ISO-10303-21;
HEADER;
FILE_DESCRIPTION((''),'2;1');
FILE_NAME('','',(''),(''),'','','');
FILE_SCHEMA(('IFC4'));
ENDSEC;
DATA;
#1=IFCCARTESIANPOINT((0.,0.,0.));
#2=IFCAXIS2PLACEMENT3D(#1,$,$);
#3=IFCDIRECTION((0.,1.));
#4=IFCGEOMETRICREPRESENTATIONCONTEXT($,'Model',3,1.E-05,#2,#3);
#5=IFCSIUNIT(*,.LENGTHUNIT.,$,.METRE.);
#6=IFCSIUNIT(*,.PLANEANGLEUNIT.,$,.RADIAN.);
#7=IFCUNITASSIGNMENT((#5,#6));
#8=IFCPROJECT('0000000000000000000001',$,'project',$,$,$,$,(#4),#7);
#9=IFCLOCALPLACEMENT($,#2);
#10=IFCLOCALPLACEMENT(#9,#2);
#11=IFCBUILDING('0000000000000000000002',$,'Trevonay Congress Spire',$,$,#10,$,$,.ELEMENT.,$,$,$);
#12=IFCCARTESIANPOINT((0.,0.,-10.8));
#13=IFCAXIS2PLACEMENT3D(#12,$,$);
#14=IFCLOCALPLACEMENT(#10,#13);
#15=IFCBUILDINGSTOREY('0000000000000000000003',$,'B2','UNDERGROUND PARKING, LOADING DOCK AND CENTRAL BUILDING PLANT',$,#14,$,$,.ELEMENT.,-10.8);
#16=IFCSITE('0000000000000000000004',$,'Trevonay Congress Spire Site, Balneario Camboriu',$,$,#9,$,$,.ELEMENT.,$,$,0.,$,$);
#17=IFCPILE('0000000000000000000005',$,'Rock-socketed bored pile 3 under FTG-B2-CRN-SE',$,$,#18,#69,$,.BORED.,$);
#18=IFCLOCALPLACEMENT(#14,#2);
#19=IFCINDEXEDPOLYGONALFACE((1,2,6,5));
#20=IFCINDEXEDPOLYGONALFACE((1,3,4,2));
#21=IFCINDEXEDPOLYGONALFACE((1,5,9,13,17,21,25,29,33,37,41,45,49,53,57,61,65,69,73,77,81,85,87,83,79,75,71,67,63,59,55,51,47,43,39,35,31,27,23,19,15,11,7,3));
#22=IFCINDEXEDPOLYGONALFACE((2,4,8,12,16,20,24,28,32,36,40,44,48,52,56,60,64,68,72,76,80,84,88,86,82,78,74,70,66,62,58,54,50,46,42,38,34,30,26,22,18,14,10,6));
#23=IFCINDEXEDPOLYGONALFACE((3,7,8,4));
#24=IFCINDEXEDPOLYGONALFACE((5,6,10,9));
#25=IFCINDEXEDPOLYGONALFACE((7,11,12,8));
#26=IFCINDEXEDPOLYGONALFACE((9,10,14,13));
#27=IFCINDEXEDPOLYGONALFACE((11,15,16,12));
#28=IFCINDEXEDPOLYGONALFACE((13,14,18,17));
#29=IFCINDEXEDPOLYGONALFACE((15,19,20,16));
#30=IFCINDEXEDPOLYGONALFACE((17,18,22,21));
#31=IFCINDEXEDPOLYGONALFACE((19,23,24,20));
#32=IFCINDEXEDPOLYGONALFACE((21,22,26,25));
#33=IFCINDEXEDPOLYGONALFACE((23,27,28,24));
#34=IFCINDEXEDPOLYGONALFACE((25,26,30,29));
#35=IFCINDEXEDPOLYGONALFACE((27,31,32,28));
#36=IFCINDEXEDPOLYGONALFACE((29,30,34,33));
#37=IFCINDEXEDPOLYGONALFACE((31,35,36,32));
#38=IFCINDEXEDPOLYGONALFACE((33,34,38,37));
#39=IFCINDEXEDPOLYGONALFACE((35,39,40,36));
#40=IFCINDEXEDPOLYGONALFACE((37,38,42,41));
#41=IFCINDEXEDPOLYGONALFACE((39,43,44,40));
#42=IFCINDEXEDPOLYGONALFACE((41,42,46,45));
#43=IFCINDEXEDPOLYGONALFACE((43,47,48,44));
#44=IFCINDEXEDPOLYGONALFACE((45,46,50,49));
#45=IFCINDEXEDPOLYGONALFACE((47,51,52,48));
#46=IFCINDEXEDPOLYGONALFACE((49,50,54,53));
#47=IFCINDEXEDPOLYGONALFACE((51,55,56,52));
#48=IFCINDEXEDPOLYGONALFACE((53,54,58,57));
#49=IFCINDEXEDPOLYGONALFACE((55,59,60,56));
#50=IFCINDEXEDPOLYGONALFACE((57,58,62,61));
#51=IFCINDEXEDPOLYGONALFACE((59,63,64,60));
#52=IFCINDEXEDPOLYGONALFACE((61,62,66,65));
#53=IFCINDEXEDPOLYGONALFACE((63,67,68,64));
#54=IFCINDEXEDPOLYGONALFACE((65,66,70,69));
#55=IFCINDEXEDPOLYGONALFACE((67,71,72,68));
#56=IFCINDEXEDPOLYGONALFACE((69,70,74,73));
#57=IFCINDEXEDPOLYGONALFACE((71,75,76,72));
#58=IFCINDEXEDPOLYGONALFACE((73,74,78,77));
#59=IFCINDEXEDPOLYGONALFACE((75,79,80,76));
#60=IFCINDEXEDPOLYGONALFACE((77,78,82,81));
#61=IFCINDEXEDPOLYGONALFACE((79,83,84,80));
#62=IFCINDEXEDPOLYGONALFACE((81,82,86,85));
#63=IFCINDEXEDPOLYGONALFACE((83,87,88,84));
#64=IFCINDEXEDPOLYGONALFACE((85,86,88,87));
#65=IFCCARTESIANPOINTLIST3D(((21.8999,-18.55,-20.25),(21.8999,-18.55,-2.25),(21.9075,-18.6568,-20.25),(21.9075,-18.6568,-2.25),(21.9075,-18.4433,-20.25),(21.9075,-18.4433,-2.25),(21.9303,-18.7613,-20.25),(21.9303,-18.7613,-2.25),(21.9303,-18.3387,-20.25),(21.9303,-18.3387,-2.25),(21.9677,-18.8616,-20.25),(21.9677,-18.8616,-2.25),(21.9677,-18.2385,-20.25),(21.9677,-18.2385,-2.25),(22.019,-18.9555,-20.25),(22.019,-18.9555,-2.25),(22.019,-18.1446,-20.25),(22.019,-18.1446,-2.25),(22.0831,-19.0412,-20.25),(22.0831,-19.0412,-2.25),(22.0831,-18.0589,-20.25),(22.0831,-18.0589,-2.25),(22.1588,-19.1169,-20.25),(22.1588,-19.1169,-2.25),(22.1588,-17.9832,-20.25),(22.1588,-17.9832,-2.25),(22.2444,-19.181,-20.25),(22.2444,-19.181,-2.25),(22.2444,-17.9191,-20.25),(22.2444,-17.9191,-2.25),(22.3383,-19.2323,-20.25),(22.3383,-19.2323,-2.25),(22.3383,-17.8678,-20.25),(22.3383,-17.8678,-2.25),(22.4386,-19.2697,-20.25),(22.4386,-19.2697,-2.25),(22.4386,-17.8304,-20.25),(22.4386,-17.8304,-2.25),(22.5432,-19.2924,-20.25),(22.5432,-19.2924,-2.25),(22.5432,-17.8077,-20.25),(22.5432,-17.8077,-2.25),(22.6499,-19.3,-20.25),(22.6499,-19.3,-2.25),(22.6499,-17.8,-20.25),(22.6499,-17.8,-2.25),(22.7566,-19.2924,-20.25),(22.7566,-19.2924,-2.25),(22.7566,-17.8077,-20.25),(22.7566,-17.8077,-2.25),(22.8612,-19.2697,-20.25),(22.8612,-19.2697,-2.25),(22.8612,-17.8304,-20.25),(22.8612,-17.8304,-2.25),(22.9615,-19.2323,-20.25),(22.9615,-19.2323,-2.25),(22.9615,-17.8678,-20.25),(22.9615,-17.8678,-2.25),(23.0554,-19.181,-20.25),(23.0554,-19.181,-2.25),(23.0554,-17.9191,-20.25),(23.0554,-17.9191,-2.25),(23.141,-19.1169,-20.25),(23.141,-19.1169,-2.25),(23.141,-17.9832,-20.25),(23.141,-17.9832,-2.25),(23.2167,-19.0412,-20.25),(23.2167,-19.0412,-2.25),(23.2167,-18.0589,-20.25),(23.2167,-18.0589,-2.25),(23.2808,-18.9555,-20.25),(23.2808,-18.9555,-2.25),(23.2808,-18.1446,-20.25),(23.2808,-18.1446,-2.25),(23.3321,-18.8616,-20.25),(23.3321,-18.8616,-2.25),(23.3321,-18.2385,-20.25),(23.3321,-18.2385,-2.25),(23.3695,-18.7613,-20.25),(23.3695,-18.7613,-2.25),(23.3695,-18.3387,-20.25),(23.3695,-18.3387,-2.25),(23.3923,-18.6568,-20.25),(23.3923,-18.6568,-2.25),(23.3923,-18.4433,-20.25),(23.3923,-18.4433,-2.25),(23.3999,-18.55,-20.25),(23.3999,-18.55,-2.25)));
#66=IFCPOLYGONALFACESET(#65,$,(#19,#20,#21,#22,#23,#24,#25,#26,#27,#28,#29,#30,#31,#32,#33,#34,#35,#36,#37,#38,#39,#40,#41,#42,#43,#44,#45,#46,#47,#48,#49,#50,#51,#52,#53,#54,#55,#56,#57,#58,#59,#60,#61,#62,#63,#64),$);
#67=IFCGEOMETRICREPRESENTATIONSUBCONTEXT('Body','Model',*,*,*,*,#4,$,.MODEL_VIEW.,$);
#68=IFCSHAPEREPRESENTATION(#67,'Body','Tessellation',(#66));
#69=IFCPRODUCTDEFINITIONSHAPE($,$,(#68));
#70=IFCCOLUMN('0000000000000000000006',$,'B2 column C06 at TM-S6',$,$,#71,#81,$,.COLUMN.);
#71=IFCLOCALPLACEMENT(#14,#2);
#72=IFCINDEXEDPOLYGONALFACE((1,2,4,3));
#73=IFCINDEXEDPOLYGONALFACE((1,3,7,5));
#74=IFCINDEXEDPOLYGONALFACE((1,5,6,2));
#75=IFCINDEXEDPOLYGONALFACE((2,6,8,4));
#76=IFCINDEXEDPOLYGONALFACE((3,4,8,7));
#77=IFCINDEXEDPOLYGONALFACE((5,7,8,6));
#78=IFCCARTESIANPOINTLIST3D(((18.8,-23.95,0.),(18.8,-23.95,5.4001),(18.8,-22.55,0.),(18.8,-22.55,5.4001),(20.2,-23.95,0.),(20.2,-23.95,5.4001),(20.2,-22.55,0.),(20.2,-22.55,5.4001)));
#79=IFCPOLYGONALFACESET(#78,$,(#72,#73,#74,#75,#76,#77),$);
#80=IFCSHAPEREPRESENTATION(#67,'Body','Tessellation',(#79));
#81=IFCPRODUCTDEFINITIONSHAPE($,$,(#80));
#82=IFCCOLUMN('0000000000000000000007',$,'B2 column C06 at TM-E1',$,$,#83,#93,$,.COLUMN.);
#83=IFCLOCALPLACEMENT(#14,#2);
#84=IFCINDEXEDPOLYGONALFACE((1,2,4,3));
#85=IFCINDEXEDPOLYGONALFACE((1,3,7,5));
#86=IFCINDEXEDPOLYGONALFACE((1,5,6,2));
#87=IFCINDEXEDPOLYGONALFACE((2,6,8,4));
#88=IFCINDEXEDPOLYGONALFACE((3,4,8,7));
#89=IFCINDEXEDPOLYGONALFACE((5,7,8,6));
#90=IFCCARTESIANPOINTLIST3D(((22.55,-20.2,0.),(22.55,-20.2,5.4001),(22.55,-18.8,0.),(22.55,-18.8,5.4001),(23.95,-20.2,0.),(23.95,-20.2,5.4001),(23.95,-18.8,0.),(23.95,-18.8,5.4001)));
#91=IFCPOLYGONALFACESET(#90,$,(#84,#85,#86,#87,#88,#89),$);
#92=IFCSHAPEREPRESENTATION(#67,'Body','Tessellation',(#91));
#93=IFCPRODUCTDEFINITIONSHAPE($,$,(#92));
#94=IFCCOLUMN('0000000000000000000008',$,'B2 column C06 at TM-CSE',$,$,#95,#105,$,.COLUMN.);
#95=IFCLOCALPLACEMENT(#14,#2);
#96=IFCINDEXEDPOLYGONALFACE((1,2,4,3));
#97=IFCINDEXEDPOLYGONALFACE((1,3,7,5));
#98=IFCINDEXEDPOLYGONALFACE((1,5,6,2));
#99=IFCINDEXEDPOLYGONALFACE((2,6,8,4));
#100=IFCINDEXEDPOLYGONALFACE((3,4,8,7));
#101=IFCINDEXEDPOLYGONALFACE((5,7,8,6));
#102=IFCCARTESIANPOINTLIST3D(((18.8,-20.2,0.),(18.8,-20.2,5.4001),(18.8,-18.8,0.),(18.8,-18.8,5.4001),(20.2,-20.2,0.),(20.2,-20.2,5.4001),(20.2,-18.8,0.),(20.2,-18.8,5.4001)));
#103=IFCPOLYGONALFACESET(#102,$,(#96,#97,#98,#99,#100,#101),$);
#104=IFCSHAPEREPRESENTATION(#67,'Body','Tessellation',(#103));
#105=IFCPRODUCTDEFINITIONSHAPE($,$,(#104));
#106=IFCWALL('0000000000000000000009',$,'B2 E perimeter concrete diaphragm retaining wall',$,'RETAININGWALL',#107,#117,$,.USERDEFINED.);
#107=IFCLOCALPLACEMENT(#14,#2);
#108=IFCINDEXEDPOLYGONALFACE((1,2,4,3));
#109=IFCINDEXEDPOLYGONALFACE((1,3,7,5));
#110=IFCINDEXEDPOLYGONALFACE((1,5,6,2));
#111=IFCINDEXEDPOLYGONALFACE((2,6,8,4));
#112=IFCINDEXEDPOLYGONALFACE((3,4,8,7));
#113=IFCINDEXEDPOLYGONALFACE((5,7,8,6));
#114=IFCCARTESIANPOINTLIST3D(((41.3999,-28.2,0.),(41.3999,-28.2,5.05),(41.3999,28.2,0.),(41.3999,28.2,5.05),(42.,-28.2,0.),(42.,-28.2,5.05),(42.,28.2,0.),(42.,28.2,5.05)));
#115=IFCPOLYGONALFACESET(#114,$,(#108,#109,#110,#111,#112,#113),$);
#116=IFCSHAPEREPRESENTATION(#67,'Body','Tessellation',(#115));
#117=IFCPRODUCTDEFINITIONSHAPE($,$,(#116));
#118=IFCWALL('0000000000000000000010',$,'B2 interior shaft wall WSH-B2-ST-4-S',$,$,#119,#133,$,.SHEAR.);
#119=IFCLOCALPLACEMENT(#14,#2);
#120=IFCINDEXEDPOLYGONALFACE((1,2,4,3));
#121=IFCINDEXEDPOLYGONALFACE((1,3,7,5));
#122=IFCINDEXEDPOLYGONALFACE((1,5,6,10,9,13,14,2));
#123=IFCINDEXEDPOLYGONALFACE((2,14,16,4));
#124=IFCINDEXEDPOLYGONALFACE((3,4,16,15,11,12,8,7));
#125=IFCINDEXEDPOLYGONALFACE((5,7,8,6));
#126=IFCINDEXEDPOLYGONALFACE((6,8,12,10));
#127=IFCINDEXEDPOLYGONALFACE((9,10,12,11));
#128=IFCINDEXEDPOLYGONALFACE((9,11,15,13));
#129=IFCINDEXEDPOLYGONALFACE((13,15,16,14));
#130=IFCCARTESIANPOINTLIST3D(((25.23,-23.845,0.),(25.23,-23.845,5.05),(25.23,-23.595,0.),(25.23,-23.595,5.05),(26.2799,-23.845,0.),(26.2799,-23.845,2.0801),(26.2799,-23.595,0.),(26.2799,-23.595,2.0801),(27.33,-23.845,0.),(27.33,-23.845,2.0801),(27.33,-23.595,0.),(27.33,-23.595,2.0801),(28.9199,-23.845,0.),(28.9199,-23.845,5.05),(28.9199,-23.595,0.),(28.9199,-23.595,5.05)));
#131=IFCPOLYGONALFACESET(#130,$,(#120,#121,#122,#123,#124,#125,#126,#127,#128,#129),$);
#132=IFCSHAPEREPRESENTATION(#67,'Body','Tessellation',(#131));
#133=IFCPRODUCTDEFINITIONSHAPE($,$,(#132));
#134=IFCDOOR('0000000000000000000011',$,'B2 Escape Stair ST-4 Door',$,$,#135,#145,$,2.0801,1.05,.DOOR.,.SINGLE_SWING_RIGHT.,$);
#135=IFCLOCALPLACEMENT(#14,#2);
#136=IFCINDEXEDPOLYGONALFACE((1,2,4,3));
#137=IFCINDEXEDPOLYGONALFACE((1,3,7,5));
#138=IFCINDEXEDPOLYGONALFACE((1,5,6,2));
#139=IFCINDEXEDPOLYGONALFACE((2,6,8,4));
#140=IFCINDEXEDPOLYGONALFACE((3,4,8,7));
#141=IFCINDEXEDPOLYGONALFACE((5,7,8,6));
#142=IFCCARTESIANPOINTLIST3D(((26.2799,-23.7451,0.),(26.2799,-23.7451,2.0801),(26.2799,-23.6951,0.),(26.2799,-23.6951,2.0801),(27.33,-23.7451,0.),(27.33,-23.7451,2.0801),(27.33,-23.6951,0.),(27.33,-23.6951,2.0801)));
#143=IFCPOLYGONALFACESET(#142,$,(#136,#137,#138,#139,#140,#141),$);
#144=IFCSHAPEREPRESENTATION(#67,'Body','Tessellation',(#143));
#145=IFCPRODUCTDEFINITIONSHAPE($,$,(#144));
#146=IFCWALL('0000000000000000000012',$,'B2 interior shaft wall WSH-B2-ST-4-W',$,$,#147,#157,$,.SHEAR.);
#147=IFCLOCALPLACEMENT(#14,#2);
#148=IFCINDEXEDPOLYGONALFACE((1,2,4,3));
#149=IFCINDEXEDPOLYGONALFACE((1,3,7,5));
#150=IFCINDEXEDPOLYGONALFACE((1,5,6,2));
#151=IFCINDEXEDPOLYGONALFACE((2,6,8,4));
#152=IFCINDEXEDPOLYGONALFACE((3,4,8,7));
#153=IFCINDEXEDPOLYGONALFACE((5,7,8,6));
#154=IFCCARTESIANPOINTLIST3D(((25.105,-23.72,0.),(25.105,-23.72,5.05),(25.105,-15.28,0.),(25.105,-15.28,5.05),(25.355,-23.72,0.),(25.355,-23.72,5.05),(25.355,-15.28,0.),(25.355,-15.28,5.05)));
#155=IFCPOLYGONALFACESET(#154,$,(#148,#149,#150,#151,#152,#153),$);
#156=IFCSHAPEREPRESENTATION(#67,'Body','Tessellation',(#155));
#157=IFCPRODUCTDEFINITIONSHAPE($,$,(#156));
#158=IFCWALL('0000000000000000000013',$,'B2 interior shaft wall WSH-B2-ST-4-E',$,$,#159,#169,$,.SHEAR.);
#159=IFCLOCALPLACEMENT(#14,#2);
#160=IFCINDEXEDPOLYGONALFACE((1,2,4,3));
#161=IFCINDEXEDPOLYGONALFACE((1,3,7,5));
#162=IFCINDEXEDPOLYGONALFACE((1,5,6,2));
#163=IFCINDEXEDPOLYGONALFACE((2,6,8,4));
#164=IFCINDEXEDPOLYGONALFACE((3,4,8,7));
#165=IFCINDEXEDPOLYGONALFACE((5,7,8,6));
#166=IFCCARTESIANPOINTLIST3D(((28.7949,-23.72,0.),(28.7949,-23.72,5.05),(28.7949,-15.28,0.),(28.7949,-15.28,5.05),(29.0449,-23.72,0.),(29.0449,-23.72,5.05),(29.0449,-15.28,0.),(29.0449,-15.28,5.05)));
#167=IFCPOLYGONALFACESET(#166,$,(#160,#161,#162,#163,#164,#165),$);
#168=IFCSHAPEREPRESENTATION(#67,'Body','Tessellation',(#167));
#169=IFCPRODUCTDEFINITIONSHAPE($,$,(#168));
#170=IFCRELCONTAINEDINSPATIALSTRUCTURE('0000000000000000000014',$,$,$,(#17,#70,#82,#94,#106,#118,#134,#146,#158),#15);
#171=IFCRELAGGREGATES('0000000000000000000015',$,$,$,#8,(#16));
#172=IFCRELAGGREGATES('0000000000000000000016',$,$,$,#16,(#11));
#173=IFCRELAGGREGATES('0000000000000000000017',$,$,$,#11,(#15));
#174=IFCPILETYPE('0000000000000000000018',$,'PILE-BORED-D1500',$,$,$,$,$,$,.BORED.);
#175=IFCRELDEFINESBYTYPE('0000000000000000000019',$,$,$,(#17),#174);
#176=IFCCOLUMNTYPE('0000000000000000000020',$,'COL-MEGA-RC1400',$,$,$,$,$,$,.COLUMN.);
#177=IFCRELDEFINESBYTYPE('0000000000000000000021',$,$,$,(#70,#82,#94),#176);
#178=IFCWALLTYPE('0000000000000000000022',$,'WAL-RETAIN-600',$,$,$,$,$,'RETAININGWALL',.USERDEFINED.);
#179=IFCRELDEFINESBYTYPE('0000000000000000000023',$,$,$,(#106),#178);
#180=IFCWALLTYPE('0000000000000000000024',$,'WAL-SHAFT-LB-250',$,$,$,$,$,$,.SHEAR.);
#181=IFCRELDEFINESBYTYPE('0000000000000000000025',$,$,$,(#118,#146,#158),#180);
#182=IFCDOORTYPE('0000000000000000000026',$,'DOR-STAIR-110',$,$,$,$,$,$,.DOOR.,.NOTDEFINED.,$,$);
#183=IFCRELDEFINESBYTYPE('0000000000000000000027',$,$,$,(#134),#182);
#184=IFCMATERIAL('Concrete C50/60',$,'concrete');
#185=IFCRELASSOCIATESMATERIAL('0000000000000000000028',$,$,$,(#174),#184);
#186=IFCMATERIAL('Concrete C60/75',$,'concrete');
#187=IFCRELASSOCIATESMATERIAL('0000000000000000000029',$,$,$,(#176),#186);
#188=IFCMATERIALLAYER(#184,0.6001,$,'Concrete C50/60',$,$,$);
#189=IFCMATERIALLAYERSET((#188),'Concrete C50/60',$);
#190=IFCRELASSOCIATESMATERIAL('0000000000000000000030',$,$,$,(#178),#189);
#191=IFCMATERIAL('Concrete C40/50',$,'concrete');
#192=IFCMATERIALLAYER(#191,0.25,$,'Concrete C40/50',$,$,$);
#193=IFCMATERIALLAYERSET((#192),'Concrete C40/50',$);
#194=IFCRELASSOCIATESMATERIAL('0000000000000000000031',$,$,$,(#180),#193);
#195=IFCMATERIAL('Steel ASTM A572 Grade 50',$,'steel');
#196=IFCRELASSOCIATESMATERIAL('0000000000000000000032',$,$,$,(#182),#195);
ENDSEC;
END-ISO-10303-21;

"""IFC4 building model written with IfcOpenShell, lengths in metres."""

from ifc_helpers import new_model, si_unit, direction, frame, frame_2d, origin, origin_2d, place, context, subcontext, project, spatial, rectangle, circle, extrude, material, layer, layer_set, material_profile, profile_set, type_object, element, fill, save


model = new_model("IFC4")

# Units and contexts
model_context = context("Model", 3, precision=1e-05, world=origin(), true_north=direction((0.0, 1.0)))
body_context = subcontext(model_context, "Body", "Model", "MODEL_VIEW")
ifc_project = project(units=[si_unit("LENGTHUNIT", "METRE"), si_unit("PLANEANGLEUNIT", "RADIAN")], contexts=[model_context])

# Site, building, storey
site_placement = place(None, origin())
site = spatial("IfcSite", under=ifc_project, at=site_placement, Name="Trevonay Congress Spire Site, Balneario Camboriu", CompositionType="ELEMENT", RefElevation=0.0)
building_placement = place(site_placement, origin())
building = spatial("IfcBuilding", under=site, at=building_placement, Name="Trevonay Congress Spire", CompositionType="ELEMENT")
storey_placement = place(building_placement, frame((0.0, 0.0, -10.8)))
storey = spatial("IfcBuildingStorey", under=building, at=storey_placement, Name="B2", Description="UNDERGROUND PARKING, LOADING DOCK AND CENTRAL BUILDING PLANT", CompositionType="ELEMENT", Elevation=-10.8)

# Shared definitions
ifc_material_1 = material(Name="Concrete C50/60", Category="concrete")

# Pile
ifc_material_profile_1 = material_profile(ifc_material_1, circle(Radius=0.75, at=origin_2d()), Name="PILE D1500")
ifc_profile_set_1 = profile_set([ifc_material_profile_1], Name="Concrete C50/60")
pile_type_1 = type_object("IfcPileType", Name="PILE-BORED-D1500", PredefinedType="BORED", material=ifc_profile_set_1)
for number, where, z_axis, x_axis, name in (
    (1, (22.6499, -18.55, -2.25), (0.0, 0.0, -1.0), (1.0, 0.0, 0.0), "Rock-socketed bored pile 3 under FTG-B2-CRN-SE"),
):
    element("IfcPile", number, at=place(storey_placement, frame(where, z_axis=z_axis, x_axis=x_axis)), inside=storey, type_object=pile_type_1, Name=name, PredefinedType="BORED", context=body_context, shape_type="SweptSolid", body=[
        extrude(circle(Radius=0.75, at=origin_2d()), origin(), (0.0, 0.0, 1.0), 18.0),
    ])

# Columns
ifc_material_2 = material(Name="Concrete C60/75", Category="concrete")
ifc_material_profile_2 = material_profile(ifc_material_2, rectangle(XDim=1.3999, YDim=1.3999, at=origin_2d()), Name="RC 1400x1400")
ifc_profile_set_2 = profile_set([ifc_material_profile_2], Name="Concrete C60/75")
column_type = type_object("IfcColumnType", Name="COL-MEGA-RC1400", PredefinedType="COLUMN", material=ifc_profile_set_2)
for number, where, z_axis, x_axis, name in (
    (2, (19.5, -23.25, 0.0), (0.0, 0.0, 1.0), (1.0, 0.0, 0.0), "B2 column C06 at TM-S6"),
    (3, (23.25, -19.5, 0.0), (0.0, 0.0, 1.0), (1.0, 0.0, 0.0), "B2 column C06 at TM-E1"),
    (4, (19.5, -19.5, 0.0), (0.0, 0.0, 1.0), (1.0, 0.0, 0.0), "B2 column C06 at TM-CSE"),
):
    element("IfcColumn", number, at=place(storey_placement, frame(where, z_axis=z_axis, x_axis=x_axis)), inside=storey, type_object=column_type, Name=name, PredefinedType="COLUMN", context=body_context, shape_type="SweptSolid", body=[
        extrude(rectangle(XDim=1.3999, YDim=1.3999, at=origin_2d()), origin(), (0.0, 0.0, 1.0), 5.4001),
    ])

# Wall
ifc_layer_1 = layer(ifc_material_1, 0.6001, Name="Concrete C50/60")
ifc_layer_set_1 = layer_set([ifc_layer_1], Name="Concrete C50/60")
wall_type_1 = type_object("IfcWallType", Name="WAL-RETAIN-600", ElementType="RETAININGWALL", PredefinedType="USERDEFINED", material=ifc_layer_set_1)
wall_1_placement = place(storey_placement, frame((41.7, -28.2, 0.0), z_axis=(0.0, 0.0, 1.0), x_axis=(0.0, 1.0, 0.0)))
element("IfcWall", 5, at=wall_1_placement, inside=storey, type_object=wall_type_1, Name="B2 E perimeter concrete diaphragm retaining wall", ObjectType="RETAININGWALL", PredefinedType="USERDEFINED", context=body_context, shape_type="SweptSolid", body=[
    extrude(rectangle(XDim=56.3999, YDim=0.6001, at=frame_2d((28.2, 0.0))), origin(), (0.0, 0.0, 1.0), 5.05),
])

# Wall, opening, door
ifc_material_3 = material(Name="Concrete C40/50", Category="concrete")
ifc_layer_2 = layer(ifc_material_3, 0.25, Name="Concrete C40/50")
ifc_layer_set_2 = layer_set([ifc_layer_2], Name="Concrete C40/50")
wall_type_2 = type_object("IfcWallType", Name="WAL-SHAFT-LB-250", PredefinedType="SHEAR", material=ifc_layer_set_2)
wall_2_placement = place(storey_placement, frame((25.23, -23.72, 0.0), z_axis=(0.0, 0.0, 1.0), x_axis=(1.0, 0.0, 0.0)))
wall_2 = element("IfcWall", 6, at=wall_2_placement, inside=storey, type_object=wall_type_2, Name="B2 interior shaft wall WSH-B2-ST-4-S", PredefinedType="SHEAR", context=body_context, shape_type="SweptSolid", body=[
    extrude(rectangle(XDim=3.6899, YDim=0.25, at=frame_2d((1.845, 0.0))), origin(), (0.0, 0.0, 1.0), 5.05),
])
opening_placement = place(wall_2_placement, frame((1.05, 0.0, 0.0)))
opening = element("IfcOpeningElement", 7, at=opening_placement, cuts=wall_2, PredefinedType="OPENING", context=body_context, shape_type="SweptSolid", body=[
    extrude(rectangle(XDim=1.05, YDim=2.0801, at=frame_2d((0.5249, 1.04))), frame((0.0, 0.135, 0.0), z_axis=(0.0, -1.0, 0.0), x_axis=(1.0, 0.0, 0.0)), (0.0, 0.0, 1.0), 0.27),
])
ifc_material_4 = material(Name="Steel ASTM A572 Grade 50", Category="steel")
door_type = type_object("IfcDoorType", Name="DOR-STAIR-110", OperationType="NOTDEFINED", PredefinedType="DOOR", material=ifc_material_4)
door_placement = place(opening_placement, origin())
door = element("IfcDoor", 8, at=door_placement, inside=storey, type_object=door_type, Name="B2 Escape Stair ST-4 Door", OperationType="SINGLE_SWING_RIGHT", OverallHeight=2.0801, OverallWidth=1.05, PredefinedType="DOOR", context=body_context, shape_type="SweptSolid", body=[
    extrude(rectangle(XDim=1.05, YDim=2.0801, at=frame_2d((0.5249, 1.04))), frame((0.0, 0.0249, 0.0), z_axis=(0.0, -1.0, 0.0), x_axis=(1.0, 0.0, 0.0)), (0.0, 0.0, 1.0), 0.05),
])
fill(opening, door)

# Walls
for number, where, z_axis, x_axis, name in (
    (9, (25.23, -23.72, 0.0), (0.0, 0.0, 1.0), (0.0, 1.0, 0.0), "B2 interior shaft wall WSH-B2-ST-4-W"),
    (10, (28.9199, -23.72, 0.0), (0.0, 0.0, 1.0), (0.0, 1.0, 0.0), "B2 interior shaft wall WSH-B2-ST-4-E"),
):
    element("IfcWall", number, at=place(storey_placement, frame(where, z_axis=z_axis, x_axis=x_axis)), inside=storey, type_object=wall_type_2, Name=name, PredefinedType="SHEAR", context=body_context, shape_type="SweptSolid", body=[
        extrude(rectangle(XDim=8.4399, YDim=0.25, at=frame_2d((4.22, 0.0))), origin(), (0.0, 0.0, 1.0), 5.05),
    ])

save(model, "model.ifc")
